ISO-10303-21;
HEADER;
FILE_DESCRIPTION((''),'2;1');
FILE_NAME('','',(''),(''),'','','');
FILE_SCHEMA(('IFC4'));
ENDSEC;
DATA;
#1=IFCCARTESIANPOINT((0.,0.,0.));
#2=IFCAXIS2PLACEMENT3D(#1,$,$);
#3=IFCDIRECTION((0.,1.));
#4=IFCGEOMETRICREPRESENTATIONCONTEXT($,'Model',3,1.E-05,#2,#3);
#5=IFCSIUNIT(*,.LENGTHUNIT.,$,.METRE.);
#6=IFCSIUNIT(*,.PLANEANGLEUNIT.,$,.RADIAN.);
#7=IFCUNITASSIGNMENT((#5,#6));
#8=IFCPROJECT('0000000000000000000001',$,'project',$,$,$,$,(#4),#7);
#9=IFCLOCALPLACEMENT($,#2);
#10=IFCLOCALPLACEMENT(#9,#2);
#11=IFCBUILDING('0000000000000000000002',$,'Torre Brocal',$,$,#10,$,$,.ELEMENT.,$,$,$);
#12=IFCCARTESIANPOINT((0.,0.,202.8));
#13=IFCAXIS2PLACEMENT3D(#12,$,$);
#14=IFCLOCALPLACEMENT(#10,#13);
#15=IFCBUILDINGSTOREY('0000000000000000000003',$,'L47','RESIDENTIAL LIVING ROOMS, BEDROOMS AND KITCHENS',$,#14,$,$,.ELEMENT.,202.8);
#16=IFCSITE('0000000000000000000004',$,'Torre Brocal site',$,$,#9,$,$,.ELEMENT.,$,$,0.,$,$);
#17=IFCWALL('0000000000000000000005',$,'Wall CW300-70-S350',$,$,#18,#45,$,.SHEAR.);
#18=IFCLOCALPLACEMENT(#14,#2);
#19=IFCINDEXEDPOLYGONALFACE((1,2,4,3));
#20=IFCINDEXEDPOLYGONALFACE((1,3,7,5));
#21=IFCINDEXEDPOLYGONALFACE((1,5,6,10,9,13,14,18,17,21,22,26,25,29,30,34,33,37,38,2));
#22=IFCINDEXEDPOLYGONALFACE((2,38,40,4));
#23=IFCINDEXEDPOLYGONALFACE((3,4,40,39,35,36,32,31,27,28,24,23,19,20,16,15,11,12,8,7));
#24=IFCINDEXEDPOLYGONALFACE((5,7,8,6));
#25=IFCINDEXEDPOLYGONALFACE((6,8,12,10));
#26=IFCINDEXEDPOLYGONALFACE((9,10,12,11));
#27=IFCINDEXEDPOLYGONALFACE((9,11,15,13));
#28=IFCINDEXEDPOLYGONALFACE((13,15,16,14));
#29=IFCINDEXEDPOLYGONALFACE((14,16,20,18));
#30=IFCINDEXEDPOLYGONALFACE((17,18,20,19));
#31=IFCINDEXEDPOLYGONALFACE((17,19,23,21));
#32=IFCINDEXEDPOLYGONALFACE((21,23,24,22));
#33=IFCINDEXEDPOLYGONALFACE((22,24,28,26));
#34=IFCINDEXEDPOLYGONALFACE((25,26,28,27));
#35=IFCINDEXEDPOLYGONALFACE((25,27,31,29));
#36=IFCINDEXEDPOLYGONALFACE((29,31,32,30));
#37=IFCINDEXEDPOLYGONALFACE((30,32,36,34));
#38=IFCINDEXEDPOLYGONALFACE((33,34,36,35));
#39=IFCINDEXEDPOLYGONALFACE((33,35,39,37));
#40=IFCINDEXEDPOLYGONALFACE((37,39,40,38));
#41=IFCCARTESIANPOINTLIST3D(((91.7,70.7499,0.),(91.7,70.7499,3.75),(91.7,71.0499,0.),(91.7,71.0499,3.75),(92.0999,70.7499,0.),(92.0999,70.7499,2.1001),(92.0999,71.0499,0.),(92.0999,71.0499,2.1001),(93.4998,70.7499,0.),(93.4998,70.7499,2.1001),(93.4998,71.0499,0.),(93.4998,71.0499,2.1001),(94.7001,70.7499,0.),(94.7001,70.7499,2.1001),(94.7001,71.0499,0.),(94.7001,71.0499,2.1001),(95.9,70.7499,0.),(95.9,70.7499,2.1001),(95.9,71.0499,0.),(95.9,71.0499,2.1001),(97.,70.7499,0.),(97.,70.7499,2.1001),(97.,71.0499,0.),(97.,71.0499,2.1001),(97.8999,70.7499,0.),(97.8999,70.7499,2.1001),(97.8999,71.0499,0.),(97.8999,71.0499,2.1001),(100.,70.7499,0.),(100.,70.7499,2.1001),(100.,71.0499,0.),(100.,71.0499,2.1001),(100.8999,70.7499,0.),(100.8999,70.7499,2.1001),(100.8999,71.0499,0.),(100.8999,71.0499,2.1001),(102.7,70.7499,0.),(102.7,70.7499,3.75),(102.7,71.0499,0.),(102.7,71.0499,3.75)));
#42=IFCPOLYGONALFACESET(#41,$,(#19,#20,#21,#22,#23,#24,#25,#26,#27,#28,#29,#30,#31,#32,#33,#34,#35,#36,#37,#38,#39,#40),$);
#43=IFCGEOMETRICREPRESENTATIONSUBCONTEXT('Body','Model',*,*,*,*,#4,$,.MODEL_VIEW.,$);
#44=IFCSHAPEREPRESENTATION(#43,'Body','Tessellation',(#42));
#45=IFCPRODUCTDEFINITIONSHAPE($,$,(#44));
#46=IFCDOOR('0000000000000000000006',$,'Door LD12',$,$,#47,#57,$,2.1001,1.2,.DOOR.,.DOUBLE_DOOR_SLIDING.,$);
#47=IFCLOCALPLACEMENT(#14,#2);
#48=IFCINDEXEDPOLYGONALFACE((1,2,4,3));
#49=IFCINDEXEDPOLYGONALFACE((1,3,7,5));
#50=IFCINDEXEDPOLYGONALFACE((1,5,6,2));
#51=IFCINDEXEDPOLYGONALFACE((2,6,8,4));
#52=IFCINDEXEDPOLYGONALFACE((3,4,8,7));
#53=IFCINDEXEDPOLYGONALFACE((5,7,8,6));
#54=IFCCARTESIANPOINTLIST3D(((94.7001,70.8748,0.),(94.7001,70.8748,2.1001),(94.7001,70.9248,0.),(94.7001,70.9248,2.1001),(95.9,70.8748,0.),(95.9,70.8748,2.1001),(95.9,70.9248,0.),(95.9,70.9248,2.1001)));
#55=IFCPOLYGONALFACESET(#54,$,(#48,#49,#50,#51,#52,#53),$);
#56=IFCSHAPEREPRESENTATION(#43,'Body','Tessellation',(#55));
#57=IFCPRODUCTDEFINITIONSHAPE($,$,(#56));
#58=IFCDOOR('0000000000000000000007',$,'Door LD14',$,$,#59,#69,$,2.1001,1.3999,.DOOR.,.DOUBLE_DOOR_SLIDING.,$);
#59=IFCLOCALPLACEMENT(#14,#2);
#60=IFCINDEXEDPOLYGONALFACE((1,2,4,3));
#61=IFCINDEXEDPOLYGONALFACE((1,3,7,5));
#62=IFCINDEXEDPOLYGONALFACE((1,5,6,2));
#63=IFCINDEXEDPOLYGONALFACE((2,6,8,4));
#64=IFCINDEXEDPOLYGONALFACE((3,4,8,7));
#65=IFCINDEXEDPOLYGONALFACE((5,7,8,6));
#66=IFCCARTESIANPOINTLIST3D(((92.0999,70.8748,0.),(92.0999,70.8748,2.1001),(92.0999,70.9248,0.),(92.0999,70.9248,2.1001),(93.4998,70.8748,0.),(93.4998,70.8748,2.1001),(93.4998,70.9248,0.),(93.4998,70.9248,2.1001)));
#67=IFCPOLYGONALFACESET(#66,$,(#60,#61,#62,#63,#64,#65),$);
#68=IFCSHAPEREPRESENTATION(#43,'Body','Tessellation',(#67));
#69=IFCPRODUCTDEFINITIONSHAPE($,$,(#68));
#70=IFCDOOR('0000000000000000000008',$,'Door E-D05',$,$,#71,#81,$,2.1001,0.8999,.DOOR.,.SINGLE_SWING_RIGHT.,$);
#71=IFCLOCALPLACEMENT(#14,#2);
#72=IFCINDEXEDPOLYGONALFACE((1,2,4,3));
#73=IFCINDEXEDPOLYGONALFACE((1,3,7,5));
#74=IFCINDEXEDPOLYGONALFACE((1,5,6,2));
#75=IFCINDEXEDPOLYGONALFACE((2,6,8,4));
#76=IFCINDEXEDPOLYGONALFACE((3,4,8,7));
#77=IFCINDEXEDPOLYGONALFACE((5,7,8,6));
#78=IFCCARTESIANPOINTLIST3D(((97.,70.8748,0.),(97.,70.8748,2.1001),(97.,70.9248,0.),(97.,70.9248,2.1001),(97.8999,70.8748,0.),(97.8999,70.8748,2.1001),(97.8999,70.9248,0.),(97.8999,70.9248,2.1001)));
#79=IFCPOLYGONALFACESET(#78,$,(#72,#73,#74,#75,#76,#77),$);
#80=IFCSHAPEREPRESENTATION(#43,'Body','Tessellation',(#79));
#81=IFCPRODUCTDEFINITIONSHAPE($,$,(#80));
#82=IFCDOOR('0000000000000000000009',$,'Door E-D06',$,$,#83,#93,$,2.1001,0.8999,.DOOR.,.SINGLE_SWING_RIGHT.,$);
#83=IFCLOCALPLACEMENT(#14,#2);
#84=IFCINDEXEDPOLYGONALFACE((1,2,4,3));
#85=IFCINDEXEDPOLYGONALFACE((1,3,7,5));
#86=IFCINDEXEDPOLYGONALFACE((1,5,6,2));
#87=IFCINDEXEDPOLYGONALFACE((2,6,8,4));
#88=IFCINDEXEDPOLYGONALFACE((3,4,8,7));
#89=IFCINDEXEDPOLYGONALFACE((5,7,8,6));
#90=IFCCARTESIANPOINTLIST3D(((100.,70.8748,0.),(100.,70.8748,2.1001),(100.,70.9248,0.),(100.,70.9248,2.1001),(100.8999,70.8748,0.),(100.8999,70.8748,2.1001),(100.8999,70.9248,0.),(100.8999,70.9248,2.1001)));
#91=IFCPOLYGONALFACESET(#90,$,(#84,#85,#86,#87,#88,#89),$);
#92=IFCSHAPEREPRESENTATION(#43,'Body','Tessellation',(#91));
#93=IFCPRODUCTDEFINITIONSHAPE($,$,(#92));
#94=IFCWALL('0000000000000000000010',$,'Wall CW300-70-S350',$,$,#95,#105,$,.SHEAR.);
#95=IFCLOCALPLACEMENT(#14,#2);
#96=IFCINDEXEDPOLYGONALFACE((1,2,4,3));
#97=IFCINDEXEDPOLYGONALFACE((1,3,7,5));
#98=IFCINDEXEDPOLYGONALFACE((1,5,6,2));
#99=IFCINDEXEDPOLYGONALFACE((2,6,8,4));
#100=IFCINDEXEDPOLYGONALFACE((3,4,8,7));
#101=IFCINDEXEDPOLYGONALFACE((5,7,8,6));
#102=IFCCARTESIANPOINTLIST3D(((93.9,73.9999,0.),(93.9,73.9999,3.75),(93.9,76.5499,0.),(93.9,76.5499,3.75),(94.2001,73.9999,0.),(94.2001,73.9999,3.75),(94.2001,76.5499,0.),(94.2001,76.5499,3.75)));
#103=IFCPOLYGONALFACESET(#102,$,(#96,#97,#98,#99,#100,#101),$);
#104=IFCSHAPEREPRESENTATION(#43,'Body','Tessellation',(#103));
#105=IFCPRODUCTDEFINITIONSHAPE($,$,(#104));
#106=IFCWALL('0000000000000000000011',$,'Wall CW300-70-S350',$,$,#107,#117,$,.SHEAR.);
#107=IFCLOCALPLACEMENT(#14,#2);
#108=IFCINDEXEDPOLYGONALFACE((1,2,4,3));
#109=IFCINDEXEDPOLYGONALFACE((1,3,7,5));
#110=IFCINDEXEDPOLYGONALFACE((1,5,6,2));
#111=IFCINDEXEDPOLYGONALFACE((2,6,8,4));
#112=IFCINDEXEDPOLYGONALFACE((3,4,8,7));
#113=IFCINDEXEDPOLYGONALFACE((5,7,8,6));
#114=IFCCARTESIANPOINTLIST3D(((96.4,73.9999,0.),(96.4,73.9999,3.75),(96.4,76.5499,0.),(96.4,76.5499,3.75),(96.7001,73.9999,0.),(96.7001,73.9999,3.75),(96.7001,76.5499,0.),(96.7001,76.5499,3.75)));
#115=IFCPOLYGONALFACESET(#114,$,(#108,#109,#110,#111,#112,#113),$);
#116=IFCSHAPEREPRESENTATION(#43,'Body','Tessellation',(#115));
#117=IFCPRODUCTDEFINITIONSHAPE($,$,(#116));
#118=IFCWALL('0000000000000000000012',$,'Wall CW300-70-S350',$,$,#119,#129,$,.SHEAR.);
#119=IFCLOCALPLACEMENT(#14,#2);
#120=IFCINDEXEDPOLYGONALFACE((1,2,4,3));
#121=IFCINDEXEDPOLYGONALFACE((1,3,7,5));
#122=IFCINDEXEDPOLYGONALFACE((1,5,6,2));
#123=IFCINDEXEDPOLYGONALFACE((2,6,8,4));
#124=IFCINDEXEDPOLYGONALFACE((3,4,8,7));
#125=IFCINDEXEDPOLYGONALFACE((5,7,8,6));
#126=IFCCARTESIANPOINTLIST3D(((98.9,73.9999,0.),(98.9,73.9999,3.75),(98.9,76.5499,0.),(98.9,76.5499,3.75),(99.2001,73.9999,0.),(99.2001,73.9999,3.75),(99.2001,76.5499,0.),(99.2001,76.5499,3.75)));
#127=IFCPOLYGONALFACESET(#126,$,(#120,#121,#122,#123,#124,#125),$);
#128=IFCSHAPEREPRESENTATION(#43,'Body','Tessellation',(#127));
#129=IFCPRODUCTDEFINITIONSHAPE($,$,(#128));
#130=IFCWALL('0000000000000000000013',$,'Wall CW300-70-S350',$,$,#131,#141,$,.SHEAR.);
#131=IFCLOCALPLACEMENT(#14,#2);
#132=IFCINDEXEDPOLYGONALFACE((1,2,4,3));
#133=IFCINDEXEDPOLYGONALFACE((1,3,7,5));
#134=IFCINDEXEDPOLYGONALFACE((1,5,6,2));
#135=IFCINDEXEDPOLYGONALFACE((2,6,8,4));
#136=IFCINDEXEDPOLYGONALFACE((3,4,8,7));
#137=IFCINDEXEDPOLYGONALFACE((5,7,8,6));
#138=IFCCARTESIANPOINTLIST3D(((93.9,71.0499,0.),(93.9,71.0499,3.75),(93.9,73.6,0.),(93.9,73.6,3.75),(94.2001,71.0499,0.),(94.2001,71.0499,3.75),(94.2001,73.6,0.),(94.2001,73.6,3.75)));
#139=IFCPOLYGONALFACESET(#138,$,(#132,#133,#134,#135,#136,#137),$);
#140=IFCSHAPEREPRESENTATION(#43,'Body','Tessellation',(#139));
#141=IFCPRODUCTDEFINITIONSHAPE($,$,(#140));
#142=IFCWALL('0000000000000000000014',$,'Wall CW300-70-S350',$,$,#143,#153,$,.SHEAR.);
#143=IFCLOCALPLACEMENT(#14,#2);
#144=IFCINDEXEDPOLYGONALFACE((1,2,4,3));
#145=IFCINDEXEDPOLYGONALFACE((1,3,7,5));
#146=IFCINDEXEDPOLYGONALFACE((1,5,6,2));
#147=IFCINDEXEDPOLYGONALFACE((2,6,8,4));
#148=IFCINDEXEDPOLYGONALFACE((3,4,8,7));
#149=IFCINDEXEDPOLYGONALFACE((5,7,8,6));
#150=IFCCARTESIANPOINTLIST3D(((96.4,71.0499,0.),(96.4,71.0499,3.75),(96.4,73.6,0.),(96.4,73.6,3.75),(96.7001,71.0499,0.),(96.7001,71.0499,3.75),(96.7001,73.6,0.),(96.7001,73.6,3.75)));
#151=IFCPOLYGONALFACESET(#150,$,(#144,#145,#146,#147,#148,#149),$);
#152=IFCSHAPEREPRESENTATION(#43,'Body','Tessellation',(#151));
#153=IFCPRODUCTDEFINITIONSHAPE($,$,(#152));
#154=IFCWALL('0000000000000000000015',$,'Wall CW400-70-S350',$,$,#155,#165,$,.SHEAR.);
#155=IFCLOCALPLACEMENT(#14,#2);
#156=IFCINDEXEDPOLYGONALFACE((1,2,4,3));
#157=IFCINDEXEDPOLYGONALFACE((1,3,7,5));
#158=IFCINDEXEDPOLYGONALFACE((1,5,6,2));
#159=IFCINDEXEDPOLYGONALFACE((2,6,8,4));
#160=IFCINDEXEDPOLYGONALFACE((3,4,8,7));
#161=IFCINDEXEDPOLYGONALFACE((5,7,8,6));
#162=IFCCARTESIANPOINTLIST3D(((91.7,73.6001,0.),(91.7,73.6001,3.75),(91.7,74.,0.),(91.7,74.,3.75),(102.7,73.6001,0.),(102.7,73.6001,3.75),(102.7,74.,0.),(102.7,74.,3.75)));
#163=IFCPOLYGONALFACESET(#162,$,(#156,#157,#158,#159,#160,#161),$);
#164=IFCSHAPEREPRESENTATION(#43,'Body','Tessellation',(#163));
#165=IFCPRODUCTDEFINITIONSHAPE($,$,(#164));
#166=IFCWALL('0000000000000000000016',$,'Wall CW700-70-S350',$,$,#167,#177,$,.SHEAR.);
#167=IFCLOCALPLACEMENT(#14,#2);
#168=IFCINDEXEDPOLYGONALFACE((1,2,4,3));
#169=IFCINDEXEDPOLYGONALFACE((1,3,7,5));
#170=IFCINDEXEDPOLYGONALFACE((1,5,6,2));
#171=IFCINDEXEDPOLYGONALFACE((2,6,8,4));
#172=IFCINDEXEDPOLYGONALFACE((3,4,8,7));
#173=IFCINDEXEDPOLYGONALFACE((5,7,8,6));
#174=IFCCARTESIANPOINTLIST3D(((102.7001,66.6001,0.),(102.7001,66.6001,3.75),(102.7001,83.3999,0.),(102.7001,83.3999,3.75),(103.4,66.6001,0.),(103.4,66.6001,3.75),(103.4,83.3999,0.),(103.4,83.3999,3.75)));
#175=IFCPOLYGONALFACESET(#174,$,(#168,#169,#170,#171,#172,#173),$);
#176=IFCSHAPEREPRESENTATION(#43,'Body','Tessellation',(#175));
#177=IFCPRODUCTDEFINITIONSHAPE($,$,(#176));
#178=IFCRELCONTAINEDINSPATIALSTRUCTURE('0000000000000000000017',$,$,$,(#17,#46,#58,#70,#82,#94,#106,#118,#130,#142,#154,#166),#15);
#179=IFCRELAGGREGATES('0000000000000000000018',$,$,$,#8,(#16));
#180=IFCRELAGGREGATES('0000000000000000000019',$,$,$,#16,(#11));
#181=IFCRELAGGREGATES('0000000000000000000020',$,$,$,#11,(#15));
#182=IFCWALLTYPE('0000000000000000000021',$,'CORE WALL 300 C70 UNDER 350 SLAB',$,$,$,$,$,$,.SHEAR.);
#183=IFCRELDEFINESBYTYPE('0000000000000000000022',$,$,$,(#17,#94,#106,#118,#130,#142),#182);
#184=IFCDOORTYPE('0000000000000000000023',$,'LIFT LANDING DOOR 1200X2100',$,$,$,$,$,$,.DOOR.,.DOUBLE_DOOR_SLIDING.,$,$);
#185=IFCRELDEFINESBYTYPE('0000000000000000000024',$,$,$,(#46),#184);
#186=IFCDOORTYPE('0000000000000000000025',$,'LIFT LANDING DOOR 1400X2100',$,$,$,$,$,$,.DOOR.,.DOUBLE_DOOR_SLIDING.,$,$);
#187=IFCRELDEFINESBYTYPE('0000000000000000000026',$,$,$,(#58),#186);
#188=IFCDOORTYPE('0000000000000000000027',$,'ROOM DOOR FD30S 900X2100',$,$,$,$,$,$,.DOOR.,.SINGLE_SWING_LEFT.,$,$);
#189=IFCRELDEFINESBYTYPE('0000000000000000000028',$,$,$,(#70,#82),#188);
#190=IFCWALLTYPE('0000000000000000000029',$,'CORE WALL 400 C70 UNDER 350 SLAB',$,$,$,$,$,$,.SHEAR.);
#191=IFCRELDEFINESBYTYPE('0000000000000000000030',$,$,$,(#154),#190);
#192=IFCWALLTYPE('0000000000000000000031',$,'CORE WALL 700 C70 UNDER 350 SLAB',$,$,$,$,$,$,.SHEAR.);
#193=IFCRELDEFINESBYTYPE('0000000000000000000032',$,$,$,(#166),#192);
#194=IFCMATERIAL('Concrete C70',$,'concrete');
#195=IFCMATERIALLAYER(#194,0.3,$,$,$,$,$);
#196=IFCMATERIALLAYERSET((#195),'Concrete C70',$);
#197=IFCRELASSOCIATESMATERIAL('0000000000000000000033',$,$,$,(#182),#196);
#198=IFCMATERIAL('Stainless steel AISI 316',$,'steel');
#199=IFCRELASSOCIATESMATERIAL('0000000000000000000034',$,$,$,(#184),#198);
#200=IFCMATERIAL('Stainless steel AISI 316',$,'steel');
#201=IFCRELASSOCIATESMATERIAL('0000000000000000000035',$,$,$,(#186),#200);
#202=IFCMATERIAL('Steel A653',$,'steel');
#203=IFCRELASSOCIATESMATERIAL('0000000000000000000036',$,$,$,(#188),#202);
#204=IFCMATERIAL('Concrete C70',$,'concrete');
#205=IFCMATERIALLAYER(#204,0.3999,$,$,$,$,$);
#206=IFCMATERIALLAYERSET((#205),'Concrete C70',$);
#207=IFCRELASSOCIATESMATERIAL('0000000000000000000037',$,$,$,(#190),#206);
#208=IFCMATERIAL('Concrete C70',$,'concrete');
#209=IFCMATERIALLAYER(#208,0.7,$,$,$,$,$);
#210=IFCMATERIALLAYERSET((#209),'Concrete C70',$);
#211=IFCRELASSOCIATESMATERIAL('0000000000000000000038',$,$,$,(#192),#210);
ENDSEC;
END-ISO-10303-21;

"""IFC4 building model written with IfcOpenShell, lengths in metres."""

from ifc_helpers import new_model, si_unit, direction, frame, frame_2d, origin, place, context, subcontext, project, spatial, rectangle, extrude, material, layer, layer_set, type_object, element, fill, save


model = new_model("IFC4")

# Units and contexts
model_context = context("Model", 3, precision=1e-05, world=origin(), true_north=direction((0.0, 1.0)))
body_context = subcontext(model_context, "Body", "Model", "MODEL_VIEW")
ifc_project = project(units=[si_unit("LENGTHUNIT", "METRE"), si_unit("PLANEANGLEUNIT", "RADIAN")], contexts=[model_context])

# Site, building, storey
site_placement = place(None, origin())
site = spatial("IfcSite", under=ifc_project, at=site_placement, Name="Torre Brocal site", CompositionType="ELEMENT", RefElevation=0.0)
building_placement = place(site_placement, origin())
building = spatial("IfcBuilding", under=site, at=building_placement, Name="Torre Brocal", CompositionType="ELEMENT")
storey_placement = place(building_placement, frame((0.0, 0.0, 202.8)))
storey = spatial("IfcBuildingStorey", under=building, at=storey_placement, Name="L47", Description="RESIDENTIAL LIVING ROOMS, BEDROOMS AND KITCHENS", CompositionType="ELEMENT", Elevation=202.8)

# Shared definitions
ifc_material_1 = material(Name="Concrete C70", Category="concrete")
ifc_layer_1 = layer(ifc_material_1, 0.3)
ifc_layer_set_1 = layer_set([ifc_layer_1], Name="Concrete C70")
wall_type_1 = type_object("IfcWallType", Name="CORE WALL 300 C70 UNDER 350 SLAB", PredefinedType="SHEAR", material=ifc_layer_set_1)

# Wall, openings, doors
wall_1_placement = place(storey_placement, frame((91.7, 70.8999, 0.0), z_axis=(0.0, 0.0, 1.0), x_axis=(1.0, 0.0, 0.0)))
wall_1 = element("IfcWall", 1, at=wall_1_placement, inside=storey, type_object=wall_type_1, Name="Wall CW300-70-S350", PredefinedType="SHEAR", context=body_context, shape_type="SweptSolid", body=[
    extrude(rectangle(XDim=11.0, YDim=0.3, at=frame_2d((5.5, 0.0))), origin(), (0.0, 0.0, 1.0), 3.75),
])
opening_1_placement = place(wall_1_placement, frame((0.3999, 0.0, 0.0)))
opening_1 = element("IfcOpeningElement", 2, at=opening_1_placement, cuts=wall_1, PredefinedType="OPENING", context=body_context, shape_type="SweptSolid", body=[
    extrude(rectangle(XDim=1.3999, YDim=2.1001, at=frame_2d((0.7, 1.05))), frame((0.0, 0.1599, 0.0), z_axis=(0.0, -1.0, 0.0), x_axis=(1.0, 0.0, 0.0)), (0.0, 0.0, 1.0), 0.3201),
])
opening_2_placement = place(wall_1_placement, frame((3.0, 0.0, 0.0)))
opening_2 = element("IfcOpeningElement", 3, at=opening_2_placement, cuts=wall_1, PredefinedType="OPENING", context=body_context, shape_type="SweptSolid", body=[
    extrude(rectangle(XDim=1.2, YDim=2.1001, at=frame_2d((0.6001, 1.05))), frame((0.0, 0.1599, 0.0), z_axis=(0.0, -1.0, 0.0), x_axis=(1.0, 0.0, 0.0)), (0.0, 0.0, 1.0), 0.3201),
])
opening_3_placement = place(wall_1_placement, frame((5.3, 0.0, 0.0)))
opening_3 = element("IfcOpeningElement", 4, at=opening_3_placement, cuts=wall_1, PredefinedType="OPENING", context=body_context, shape_type="SweptSolid", body=[
    extrude(rectangle(XDim=0.8999, YDim=2.1001, at=frame_2d((0.45, 1.05))), frame((0.0, 0.1599, 0.0), z_axis=(0.0, -1.0, 0.0), x_axis=(1.0, 0.0, 0.0)), (0.0, 0.0, 1.0), 0.3201),
])
opening_4_placement = place(wall_1_placement, frame((8.3, 0.0, 0.0)))
opening_4 = element("IfcOpeningElement", 5, at=opening_4_placement, cuts=wall_1, PredefinedType="OPENING", context=body_context, shape_type="SweptSolid", body=[
    extrude(rectangle(XDim=0.8999, YDim=2.1001, at=frame_2d((0.45, 1.05))), frame((0.0, 0.1599, 0.0), z_axis=(0.0, -1.0, 0.0), x_axis=(1.0, 0.0, 0.0)), (0.0, 0.0, 1.0), 0.3201),
])
ifc_material_2 = material(Name="Stainless steel AISI 316", Category="steel")
door_type_1 = type_object("IfcDoorType", Name="LIFT LANDING DOOR 1200X2100", OperationType="DOUBLE_DOOR_SLIDING", PredefinedType="DOOR", material=ifc_material_2)
door_1_placement = place(opening_2_placement, origin())
door_1 = element("IfcDoor", 6, at=door_1_placement, inside=storey, type_object=door_type_1, Name="Door LD12", OperationType="DOUBLE_DOOR_SLIDING", OverallHeight=2.1001, OverallWidth=1.2, PredefinedType="DOOR", context=body_context, shape_type="SweptSolid", body=[
    extrude(rectangle(XDim=1.2, YDim=2.1001, at=frame_2d((0.6001, 1.05))), frame((0.0, 0.0249, 0.0), z_axis=(0.0, -1.0, 0.0), x_axis=(1.0, 0.0, 0.0)), (0.0, 0.0, 1.0), 0.05),
])
fill(opening_2, door_1)
ifc_material_3 = material(Name="Stainless steel AISI 316", Category="steel")
door_type_2 = type_object("IfcDoorType", Name="LIFT LANDING DOOR 1400X2100", OperationType="DOUBLE_DOOR_SLIDING", PredefinedType="DOOR", material=ifc_material_3)
door_2_placement = place(opening_1_placement, origin())
door_2 = element("IfcDoor", 7, at=door_2_placement, inside=storey, type_object=door_type_2, Name="Door LD14", OperationType="DOUBLE_DOOR_SLIDING", OverallHeight=2.1001, OverallWidth=1.3999, PredefinedType="DOOR", context=body_context, shape_type="SweptSolid", body=[
    extrude(rectangle(XDim=1.3999, YDim=2.1001, at=frame_2d((0.7, 1.05))), frame((0.0, 0.0249, 0.0), z_axis=(0.0, -1.0, 0.0), x_axis=(1.0, 0.0, 0.0)), (0.0, 0.0, 1.0), 0.05),
])
fill(opening_1, door_2)
ifc_material_4 = material(Name="Steel A653", Category="steel")
door_type_3 = type_object("IfcDoorType", Name="ROOM DOOR FD30S 900X2100", OperationType="SINGLE_SWING_LEFT", PredefinedType="DOOR", material=ifc_material_4)
door_3_placement = place(opening_3_placement, origin())
door_3 = element("IfcDoor", 8, at=door_3_placement, inside=storey, type_object=door_type_3, Name="Door E-D05", OperationType="SINGLE_SWING_RIGHT", OverallHeight=2.1001, OverallWidth=0.8999, PredefinedType="DOOR", context=body_context, shape_type="SweptSolid", body=[
    extrude(rectangle(XDim=0.8999, YDim=2.1001, at=frame_2d((0.45, 1.05))), frame((0.0, 0.0249, 0.0), z_axis=(0.0, -1.0, 0.0), x_axis=(1.0, 0.0, 0.0)), (0.0, 0.0, 1.0), 0.05),
])
fill(opening_3, door_3)
door_4_placement = place(opening_4_placement, origin())
door_4 = element("IfcDoor", 9, at=door_4_placement, inside=storey, type_object=door_type_3, Name="Door E-D06", OperationType="SINGLE_SWING_RIGHT", OverallHeight=2.1001, OverallWidth=0.8999, PredefinedType="DOOR", context=body_context, shape_type="SweptSolid", body=[
    extrude(rectangle(XDim=0.8999, YDim=2.1001, at=frame_2d((0.45, 1.05))), frame((0.0, 0.0249, 0.0), z_axis=(0.0, -1.0, 0.0), x_axis=(1.0, 0.0, 0.0)), (0.0, 0.0, 1.0), 0.05),
])
fill(opening_4, door_4)

# Walls
for number, where, z_axis, x_axis, name in (
    (10, (94.05, 74.0, 0.0), (0.0, 0.0, 1.0), (0.0, 1.0, 0.0), "Wall CW300-70-S350"),
    (11, (96.55, 74.0, 0.0), (0.0, 0.0, 1.0), (0.0, 1.0, 0.0), "Wall CW300-70-S350"),
    (12, (99.05, 74.0, 0.0), (0.0, 0.0, 1.0), (0.0, 1.0, 0.0), "Wall CW300-70-S350"),
    (13, (94.05, 71.05, 0.0), (0.0, 0.0, 1.0), (0.0, 1.0, 0.0), "Wall CW300-70-S350"),
    (14, (96.55, 71.05, 0.0), (0.0, 0.0, 1.0), (0.0, 1.0, 0.0), "Wall CW300-70-S350"),
):
    element("IfcWall", number, at=place(storey_placement, frame(where, z_axis=z_axis, x_axis=x_axis)), inside=storey, type_object=wall_type_1, Name=name, PredefinedType="SHEAR", context=body_context, shape_type="SweptSolid", body=[
        extrude(rectangle(XDim=2.55, YDim=0.3, at=frame_2d((1.2749, 0.0))), origin(), (0.0, 0.0, 1.0), 3.75),
    ])
ifc_material_5 = material(Name="Concrete C70", Category="concrete")
ifc_layer_2 = layer(ifc_material_5, 0.3999)
ifc_layer_set_2 = layer_set([ifc_layer_2], Name="Concrete C70")
wall_type_2 = type_object("IfcWallType", Name="CORE WALL 400 C70 UNDER 350 SLAB", PredefinedType="SHEAR", material=ifc_layer_set_2)
wall_2_placement = place(storey_placement, frame((91.7, 73.8, 0.0), z_axis=(0.0, 0.0, 1.0), x_axis=(1.0, 0.0, 0.0)))
element("IfcWall", 15, at=wall_2_placement, inside=storey, type_object=wall_type_2, Name="Wall CW400-70-S350", PredefinedType="SHEAR", context=body_context, shape_type="SweptSolid", body=[
    extrude(rectangle(XDim=11.0, YDim=0.3999, at=frame_2d((5.5, 0.0))), origin(), (0.0, 0.0, 1.0), 3.75),
])
ifc_material_6 = material(Name="Concrete C70", Category="concrete")
ifc_layer_3 = layer(ifc_material_6, 0.7)
ifc_layer_set_3 = layer_set([ifc_layer_3], Name="Concrete C70")
wall_type_3 = type_object("IfcWallType", Name="CORE WALL 700 C70 UNDER 350 SLAB", PredefinedType="SHEAR", material=ifc_layer_set_3)
wall_3_placement = place(storey_placement, frame((103.05, 66.6001, 0.0), z_axis=(0.0, 0.0, 1.0), x_axis=(0.0, 1.0, 0.0)))
element("IfcWall", 16, at=wall_3_placement, inside=storey, type_object=wall_type_3, Name="Wall CW700-70-S350", PredefinedType="SHEAR", context=body_context, shape_type="SweptSolid", body=[
    extrude(rectangle(XDim=16.7998, YDim=0.7, at=frame_2d((8.3999, 0.0))), origin(), (0.0, 0.0, 1.0), 3.75),
])

save(model, "model.ifc")
